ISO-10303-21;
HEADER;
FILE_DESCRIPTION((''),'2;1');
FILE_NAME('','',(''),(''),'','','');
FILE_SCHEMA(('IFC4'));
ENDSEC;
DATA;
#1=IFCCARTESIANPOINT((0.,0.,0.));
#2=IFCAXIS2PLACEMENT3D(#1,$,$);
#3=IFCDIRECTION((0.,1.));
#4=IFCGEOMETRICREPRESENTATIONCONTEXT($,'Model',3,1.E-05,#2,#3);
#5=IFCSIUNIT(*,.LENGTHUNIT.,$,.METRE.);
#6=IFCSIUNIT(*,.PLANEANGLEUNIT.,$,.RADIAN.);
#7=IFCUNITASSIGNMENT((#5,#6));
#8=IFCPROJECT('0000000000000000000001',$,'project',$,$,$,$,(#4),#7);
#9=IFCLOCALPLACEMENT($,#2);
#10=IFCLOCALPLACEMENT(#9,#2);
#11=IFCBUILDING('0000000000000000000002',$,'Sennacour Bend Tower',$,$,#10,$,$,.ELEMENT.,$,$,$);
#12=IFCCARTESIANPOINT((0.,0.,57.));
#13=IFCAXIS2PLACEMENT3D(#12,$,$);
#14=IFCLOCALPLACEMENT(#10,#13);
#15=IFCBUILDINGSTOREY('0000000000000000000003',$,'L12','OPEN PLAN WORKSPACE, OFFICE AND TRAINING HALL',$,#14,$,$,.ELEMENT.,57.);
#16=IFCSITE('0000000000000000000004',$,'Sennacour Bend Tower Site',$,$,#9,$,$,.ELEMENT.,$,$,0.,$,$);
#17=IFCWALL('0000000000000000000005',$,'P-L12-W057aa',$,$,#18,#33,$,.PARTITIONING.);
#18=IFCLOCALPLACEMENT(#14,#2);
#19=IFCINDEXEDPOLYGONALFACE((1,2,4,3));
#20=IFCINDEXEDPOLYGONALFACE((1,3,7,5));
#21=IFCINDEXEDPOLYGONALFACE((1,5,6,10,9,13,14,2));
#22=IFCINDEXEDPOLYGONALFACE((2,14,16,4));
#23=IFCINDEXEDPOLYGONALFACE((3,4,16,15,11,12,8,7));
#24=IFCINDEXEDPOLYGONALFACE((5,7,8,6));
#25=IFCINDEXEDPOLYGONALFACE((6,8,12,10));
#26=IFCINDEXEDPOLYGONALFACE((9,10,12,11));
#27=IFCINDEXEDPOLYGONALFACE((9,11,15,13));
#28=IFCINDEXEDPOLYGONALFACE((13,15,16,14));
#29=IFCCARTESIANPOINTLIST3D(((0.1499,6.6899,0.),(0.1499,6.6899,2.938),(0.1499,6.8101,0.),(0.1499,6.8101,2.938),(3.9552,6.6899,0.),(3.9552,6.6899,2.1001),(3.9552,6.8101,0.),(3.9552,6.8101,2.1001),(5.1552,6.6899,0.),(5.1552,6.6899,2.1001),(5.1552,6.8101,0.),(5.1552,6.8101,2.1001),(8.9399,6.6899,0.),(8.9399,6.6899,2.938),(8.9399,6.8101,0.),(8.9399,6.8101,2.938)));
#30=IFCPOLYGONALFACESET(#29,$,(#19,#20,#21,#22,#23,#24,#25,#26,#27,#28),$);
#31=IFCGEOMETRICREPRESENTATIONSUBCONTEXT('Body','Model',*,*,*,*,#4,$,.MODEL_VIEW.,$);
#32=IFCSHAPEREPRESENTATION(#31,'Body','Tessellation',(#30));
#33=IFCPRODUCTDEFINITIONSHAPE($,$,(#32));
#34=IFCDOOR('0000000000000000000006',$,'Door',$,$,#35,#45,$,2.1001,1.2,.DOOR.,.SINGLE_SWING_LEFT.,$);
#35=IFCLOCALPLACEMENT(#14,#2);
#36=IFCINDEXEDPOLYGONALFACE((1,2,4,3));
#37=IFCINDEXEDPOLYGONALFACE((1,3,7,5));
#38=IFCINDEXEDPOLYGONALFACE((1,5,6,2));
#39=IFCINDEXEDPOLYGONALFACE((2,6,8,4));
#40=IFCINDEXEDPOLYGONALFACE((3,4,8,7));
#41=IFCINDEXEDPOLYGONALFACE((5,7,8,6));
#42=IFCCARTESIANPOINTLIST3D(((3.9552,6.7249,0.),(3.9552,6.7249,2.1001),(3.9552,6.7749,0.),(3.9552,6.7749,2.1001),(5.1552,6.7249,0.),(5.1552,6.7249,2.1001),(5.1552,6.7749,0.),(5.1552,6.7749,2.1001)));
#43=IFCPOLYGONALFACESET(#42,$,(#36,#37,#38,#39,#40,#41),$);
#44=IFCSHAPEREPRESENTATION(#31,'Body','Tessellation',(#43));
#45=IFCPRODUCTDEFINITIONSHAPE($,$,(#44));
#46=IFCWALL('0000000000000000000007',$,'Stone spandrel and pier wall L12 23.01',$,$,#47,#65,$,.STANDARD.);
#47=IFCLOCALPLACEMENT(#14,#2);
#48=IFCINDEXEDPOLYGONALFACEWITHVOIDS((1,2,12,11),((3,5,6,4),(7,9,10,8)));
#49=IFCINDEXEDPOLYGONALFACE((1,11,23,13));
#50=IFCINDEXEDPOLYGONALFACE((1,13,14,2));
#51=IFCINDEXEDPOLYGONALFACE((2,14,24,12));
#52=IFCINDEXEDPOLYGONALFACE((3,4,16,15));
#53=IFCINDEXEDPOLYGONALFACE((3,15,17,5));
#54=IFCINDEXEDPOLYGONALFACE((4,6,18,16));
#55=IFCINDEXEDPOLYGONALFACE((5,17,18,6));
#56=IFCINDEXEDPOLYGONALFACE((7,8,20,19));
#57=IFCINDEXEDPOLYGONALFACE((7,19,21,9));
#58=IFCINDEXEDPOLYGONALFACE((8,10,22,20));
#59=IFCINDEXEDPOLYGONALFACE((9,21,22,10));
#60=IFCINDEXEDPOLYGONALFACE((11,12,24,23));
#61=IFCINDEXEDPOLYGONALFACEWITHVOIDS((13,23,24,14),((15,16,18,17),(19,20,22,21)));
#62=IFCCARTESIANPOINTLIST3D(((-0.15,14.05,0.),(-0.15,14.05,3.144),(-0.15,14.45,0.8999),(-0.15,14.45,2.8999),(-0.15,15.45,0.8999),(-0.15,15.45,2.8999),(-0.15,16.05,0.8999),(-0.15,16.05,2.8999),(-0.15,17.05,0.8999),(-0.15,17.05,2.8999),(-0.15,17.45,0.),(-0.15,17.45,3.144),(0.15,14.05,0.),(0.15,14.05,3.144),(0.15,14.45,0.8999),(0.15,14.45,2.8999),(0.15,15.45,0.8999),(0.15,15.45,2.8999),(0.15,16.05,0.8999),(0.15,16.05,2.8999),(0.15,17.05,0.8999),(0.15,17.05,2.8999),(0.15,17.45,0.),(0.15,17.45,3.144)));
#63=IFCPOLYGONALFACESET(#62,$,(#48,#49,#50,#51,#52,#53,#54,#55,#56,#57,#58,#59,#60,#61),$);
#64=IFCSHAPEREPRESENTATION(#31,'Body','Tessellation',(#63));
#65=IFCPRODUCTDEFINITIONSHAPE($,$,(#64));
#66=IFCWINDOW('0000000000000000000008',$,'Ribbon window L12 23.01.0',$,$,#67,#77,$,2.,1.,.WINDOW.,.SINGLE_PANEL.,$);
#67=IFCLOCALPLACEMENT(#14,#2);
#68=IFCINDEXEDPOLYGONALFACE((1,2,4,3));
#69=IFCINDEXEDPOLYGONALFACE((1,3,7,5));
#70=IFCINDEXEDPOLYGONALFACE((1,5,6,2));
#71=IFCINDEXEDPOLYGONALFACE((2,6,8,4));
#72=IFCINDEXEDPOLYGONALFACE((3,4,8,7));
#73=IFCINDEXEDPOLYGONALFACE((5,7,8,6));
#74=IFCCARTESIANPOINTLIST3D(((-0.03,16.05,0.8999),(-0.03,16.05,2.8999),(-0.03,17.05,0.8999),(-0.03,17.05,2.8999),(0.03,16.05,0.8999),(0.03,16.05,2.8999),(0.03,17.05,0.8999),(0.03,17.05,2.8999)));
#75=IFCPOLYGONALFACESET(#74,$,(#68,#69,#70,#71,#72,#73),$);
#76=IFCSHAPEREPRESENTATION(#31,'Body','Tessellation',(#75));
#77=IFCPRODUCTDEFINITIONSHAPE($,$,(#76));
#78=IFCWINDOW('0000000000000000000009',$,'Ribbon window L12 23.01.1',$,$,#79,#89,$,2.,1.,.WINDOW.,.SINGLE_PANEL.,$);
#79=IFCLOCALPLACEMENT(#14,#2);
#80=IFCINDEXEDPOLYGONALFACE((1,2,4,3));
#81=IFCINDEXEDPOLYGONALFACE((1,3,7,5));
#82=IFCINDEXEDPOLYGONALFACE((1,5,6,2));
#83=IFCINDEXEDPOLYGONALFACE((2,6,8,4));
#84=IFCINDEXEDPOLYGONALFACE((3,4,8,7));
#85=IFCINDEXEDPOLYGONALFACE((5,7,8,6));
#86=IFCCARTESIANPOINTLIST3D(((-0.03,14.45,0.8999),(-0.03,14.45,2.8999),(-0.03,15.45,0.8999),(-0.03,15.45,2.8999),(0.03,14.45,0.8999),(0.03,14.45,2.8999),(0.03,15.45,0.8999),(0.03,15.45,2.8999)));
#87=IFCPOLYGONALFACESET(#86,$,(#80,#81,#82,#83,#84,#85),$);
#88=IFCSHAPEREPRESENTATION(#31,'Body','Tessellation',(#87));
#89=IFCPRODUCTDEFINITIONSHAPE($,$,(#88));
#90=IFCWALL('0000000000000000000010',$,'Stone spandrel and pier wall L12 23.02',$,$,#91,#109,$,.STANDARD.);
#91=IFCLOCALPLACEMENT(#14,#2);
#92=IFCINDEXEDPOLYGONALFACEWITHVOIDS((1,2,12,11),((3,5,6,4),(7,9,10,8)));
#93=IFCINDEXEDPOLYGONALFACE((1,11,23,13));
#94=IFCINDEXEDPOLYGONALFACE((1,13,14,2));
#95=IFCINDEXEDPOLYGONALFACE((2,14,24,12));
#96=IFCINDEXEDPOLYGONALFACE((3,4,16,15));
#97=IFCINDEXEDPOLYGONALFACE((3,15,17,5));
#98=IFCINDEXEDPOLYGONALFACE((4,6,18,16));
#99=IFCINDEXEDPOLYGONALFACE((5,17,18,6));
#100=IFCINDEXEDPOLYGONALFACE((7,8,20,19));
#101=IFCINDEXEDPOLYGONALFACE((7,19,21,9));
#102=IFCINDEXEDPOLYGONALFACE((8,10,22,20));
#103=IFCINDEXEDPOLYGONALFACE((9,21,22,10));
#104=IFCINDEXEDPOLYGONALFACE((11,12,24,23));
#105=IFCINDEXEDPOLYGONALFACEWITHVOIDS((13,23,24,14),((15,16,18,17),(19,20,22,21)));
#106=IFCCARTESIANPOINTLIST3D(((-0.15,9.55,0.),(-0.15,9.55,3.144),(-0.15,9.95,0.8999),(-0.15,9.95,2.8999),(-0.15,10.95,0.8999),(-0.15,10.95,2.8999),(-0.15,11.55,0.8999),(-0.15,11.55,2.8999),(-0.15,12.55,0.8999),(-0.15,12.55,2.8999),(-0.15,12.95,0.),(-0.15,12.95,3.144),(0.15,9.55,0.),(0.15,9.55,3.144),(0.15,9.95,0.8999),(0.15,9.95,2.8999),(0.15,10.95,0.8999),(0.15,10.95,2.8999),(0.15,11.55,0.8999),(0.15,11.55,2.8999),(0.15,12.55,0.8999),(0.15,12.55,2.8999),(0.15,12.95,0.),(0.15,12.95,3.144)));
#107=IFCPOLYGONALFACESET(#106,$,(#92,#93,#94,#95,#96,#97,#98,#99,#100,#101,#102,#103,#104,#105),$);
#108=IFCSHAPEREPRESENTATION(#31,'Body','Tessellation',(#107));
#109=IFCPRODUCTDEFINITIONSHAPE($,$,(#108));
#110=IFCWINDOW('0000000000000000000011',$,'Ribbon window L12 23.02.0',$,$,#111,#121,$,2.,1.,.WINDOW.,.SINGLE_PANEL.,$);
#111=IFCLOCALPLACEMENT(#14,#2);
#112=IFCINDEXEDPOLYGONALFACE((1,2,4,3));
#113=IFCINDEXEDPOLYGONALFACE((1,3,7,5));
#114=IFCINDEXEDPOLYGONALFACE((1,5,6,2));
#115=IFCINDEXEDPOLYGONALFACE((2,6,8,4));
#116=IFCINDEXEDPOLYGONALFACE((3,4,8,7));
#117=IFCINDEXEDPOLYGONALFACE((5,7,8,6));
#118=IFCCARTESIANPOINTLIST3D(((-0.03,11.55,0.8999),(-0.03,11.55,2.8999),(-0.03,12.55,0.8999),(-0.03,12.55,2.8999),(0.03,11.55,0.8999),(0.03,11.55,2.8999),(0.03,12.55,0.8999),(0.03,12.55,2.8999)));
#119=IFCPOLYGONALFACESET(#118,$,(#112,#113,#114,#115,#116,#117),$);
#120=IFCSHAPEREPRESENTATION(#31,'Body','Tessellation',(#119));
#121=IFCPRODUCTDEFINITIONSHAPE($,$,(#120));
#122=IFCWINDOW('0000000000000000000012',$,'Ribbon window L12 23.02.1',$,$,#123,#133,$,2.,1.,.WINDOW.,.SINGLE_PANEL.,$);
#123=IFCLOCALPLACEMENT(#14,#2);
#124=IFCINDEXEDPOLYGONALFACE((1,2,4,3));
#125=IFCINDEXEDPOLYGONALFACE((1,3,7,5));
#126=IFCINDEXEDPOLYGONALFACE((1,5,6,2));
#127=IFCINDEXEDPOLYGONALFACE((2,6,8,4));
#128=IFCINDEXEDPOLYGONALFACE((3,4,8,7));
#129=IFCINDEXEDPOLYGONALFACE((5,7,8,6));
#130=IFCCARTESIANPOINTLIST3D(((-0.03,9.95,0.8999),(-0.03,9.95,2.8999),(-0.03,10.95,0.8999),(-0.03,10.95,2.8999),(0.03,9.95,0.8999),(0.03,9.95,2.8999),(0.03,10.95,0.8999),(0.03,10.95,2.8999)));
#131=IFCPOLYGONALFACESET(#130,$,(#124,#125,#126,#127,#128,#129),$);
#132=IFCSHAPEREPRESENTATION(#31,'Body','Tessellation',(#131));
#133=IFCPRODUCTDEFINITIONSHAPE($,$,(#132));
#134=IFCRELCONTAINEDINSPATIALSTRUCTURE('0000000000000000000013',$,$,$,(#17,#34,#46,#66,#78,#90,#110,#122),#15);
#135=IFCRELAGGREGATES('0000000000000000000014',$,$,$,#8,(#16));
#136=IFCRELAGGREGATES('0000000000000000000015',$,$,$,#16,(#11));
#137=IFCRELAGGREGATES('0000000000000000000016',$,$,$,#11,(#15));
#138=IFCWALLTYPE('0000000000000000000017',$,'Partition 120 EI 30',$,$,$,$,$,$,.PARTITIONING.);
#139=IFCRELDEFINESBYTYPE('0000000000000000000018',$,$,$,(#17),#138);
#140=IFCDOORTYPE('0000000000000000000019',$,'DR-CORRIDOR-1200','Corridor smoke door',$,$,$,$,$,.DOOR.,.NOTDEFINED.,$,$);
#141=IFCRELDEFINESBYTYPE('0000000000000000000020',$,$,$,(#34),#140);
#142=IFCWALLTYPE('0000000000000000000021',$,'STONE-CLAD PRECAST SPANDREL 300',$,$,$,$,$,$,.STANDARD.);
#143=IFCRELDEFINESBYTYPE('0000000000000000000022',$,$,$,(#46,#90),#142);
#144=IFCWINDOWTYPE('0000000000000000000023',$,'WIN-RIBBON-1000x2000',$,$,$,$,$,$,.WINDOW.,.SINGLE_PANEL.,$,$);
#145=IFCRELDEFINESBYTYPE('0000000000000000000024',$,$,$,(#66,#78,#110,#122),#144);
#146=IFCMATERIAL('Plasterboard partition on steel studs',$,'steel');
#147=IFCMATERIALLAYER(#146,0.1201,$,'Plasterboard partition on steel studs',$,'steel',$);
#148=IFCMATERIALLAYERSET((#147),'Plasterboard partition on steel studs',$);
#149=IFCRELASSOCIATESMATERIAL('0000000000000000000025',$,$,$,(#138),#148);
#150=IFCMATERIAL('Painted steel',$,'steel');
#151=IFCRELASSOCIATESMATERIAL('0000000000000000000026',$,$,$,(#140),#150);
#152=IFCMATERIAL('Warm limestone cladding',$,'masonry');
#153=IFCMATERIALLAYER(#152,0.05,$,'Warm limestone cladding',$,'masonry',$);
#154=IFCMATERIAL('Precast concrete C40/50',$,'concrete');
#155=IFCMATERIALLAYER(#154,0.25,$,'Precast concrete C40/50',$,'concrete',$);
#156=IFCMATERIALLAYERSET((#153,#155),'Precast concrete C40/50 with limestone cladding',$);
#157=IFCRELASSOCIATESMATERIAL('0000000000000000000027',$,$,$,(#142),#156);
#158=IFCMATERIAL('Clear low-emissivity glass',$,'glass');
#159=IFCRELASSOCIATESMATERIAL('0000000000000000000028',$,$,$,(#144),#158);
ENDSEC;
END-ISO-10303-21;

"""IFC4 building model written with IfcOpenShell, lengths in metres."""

from ifc_helpers import new_model, si_unit, direction, frame, frame_2d, origin, place, context, subcontext, project, spatial, rectangle, extrude, material, layer, layer_set, type_object, element, fill, save


model = new_model("IFC4")

# Units and contexts
model_context = context("Model", 3, precision=1e-05, world=origin(), true_north=direction((0.0, 1.0)))
body_context = subcontext(model_context, "Body", "Model", "MODEL_VIEW")
ifc_project = project(units=[si_unit("LENGTHUNIT", "METRE"), si_unit("PLANEANGLEUNIT", "RADIAN")], contexts=[model_context])

# Site, building, storey
site_placement = place(None, origin())
site = spatial("IfcSite", under=ifc_project, at=site_placement, Name="Sennacour Bend Tower Site", CompositionType="ELEMENT", RefElevation=0.0)
building_placement = place(site_placement, origin())
building = spatial("IfcBuilding", under=site, at=building_placement, Name="Sennacour Bend Tower", CompositionType="ELEMENT")
storey_placement = place(building_placement, frame((0.0, 0.0, 57.0)))
storey = spatial("IfcBuildingStorey", under=building, at=storey_placement, Name="L12", Description="OPEN PLAN WORKSPACE, OFFICE AND TRAINING HALL", CompositionType="ELEMENT", Elevation=57.0)

# Shared definitions
ifc_material_1 = material(Name="Plasterboard partition on steel studs", Category="steel")

# Wall, opening, door
ifc_layer_1 = layer(ifc_material_1, 0.1201, Name="Plasterboard partition on steel studs", Category="steel")
ifc_layer_set_1 = layer_set([ifc_layer_1], Name="Plasterboard partition on steel studs")
wall_type_1 = type_object("IfcWallType", Name="Partition 120 EI 30", PredefinedType="PARTITIONING", material=ifc_layer_set_1)
wall_1_placement = place(storey_placement, frame((0.1499, 6.75, 0.0), z_axis=(0.0, 0.0, 1.0), x_axis=(1.0, 0.0, 0.0)))
wall_1 = element("IfcWall", 1, at=wall_1_placement, inside=storey, type_object=wall_type_1, Name="P-L12-W057aa", PredefinedType="PARTITIONING", context=body_context, shape_type="SweptSolid", body=[
    extrude(rectangle(XDim=8.79, YDim=0.1201, at=frame_2d((4.395, 0.0))), origin(), (0.0, 0.0, 1.0), 2.938),
])
opening_1_placement = place(wall_1_placement, frame((3.8052, 0.0, 0.0)))
opening_1 = element("IfcOpeningElement", 2, at=opening_1_placement, cuts=wall_1, PredefinedType="OPENING", context=body_context, shape_type="SweptSolid", body=[
    extrude(rectangle(XDim=1.2, YDim=2.1001, at=frame_2d((0.6001, 1.05))), frame((0.0, 0.0701, 0.0), z_axis=(0.0, -1.0, 0.0), x_axis=(1.0, 0.0, 0.0)), (0.0, 0.0, 1.0), 0.1401),
])
ifc_material_2 = material(Name="Painted steel", Category="steel")
door_type_1 = type_object("IfcDoorType", Name="DR-CORRIDOR-1200", Description="Corridor smoke door", OperationType="NOTDEFINED", PredefinedType="DOOR", material=ifc_material_2)
door_1_placement = place(opening_1_placement, origin())
door_1 = element("IfcDoor", 3, at=door_1_placement, inside=storey, type_object=door_type_1, Name="Door", OperationType="SINGLE_SWING_LEFT", OverallHeight=2.1001, OverallWidth=1.2, PredefinedType="DOOR", context=body_context, shape_type="SweptSolid", body=[
    extrude(rectangle(XDim=1.2, YDim=2.1001, at=frame_2d((0.6001, 1.05))), frame((0.0, 0.0249, 0.0), z_axis=(0.0, -1.0, 0.0), x_axis=(1.0, 0.0, 0.0)), (0.0, 0.0, 1.0), 0.05),
])
fill(opening_1, door_1)

# Walls, openings, windows
ifc_material_3 = material(Name="Warm limestone cladding", Category="masonry")
ifc_layer_2 = layer(ifc_material_3, 0.05, Name="Warm limestone cladding", Category="masonry")
ifc_material_4 = material(Name="Precast concrete C40/50", Category="concrete")
ifc_layer_3 = layer(ifc_material_4, 0.25, Name="Precast concrete C40/50", Category="concrete")
ifc_layer_set_2 = layer_set([ifc_layer_2, ifc_layer_3], Name="Precast concrete C40/50 with limestone cladding")
wall_type_2 = type_object("IfcWallType", Name="STONE-CLAD PRECAST SPANDREL 300", PredefinedType="STANDARD", material=ifc_layer_set_2)
wall_2_placement = place(storey_placement, frame((0.0, 17.45, 0.0), z_axis=(0.0, 0.0, 1.0), x_axis=(0.0, -1.0, 0.0)))
wall_2 = element("IfcWall", 4, at=wall_2_placement, inside=storey, type_object=wall_type_2, Name="Stone spandrel and pier wall L12 23.01", PredefinedType="STANDARD", context=body_context, shape_type="SweptSolid", body=[
    extrude(rectangle(XDim=3.3999, YDim=0.3, at=frame_2d((1.7, 0.0))), origin(), (0.0, 0.0, 1.0), 3.144),
])
opening_2_placement = place(wall_2_placement, frame((0.3999, 0.0, 0.8999)))
opening_2 = element("IfcOpeningElement", 5, at=opening_2_placement, cuts=wall_2, PredefinedType="OPENING", context=body_context, shape_type="SweptSolid", body=[
    extrude(rectangle(XDim=1.0, YDim=2.0, at=frame_2d((0.5, 1.0))), frame((0.0, 0.1602, 0.0), z_axis=(0.0, -1.0, 0.0), x_axis=(1.0, 0.0, 0.0)), (0.0, 0.0, 1.0), 0.3201),
])
opening_3_placement = place(wall_2_placement, frame((2.0, 0.0, 0.8999)))
opening_3 = element("IfcOpeningElement", 6, at=opening_3_placement, cuts=wall_2, PredefinedType="OPENING", context=body_context, shape_type="SweptSolid", body=[
    extrude(rectangle(XDim=1.0, YDim=2.0, at=frame_2d((0.5, 1.0))), frame((0.0, 0.1602, 0.0), z_axis=(0.0, -1.0, 0.0), x_axis=(1.0, 0.0, 0.0)), (0.0, 0.0, 1.0), 0.3201),
])
ifc_material_5 = material(Name="Clear low-emissivity glass", Category="glass")
window_type = type_object("IfcWindowType", Name="WIN-RIBBON-1000x2000", PartitioningType="SINGLE_PANEL", PredefinedType="WINDOW", material=ifc_material_5)
window_1_placement = place(opening_2_placement, origin())
window_1 = element("IfcWindow", 7, at=window_1_placement, inside=storey, type_object=window_type, Name="Ribbon window L12 23.01.0", OverallHeight=2.0, OverallWidth=1.0, PartitioningType="SINGLE_PANEL", PredefinedType="WINDOW", context=body_context, shape_type="SweptSolid", body=[
    extrude(rectangle(XDim=1.0, YDim=2.0, at=frame_2d((0.5, 1.0))), frame((0.0, 0.03, 0.0), z_axis=(0.0, -1.0, 0.0), x_axis=(1.0, 0.0, 0.0)), (0.0, 0.0, 1.0), 0.0601),
])
fill(opening_2, window_1)
window_2_placement = place(opening_3_placement, origin())
window_2 = element("IfcWindow", 8, at=window_2_placement, inside=storey, type_object=window_type, Name="Ribbon window L12 23.01.1", OverallHeight=2.0, OverallWidth=1.0, PartitioningType="SINGLE_PANEL", PredefinedType="WINDOW", context=body_context, shape_type="SweptSolid", body=[
    extrude(rectangle(XDim=1.0, YDim=2.0, at=frame_2d((0.5, 1.0))), frame((0.0, 0.03, 0.0), z_axis=(0.0, -1.0, 0.0), x_axis=(1.0, 0.0, 0.0)), (0.0, 0.0, 1.0), 0.0601),
])
fill(opening_3, window_2)
wall_3_placement = place(storey_placement, frame((0.0, 12.95, 0.0), z_axis=(0.0, 0.0, 1.0), x_axis=(0.0, -1.0, 0.0)))
wall_3 = element("IfcWall", 9, at=wall_3_placement, inside=storey, type_object=wall_type_2, Name="Stone spandrel and pier wall L12 23.02", PredefinedType="STANDARD", context=body_context, shape_type="SweptSolid", body=[
    extrude(rectangle(XDim=3.3999, YDim=0.3, at=frame_2d((1.7, 0.0))), origin(), (0.0, 0.0, 1.0), 3.144),
])
opening_4_placement = place(wall_3_placement, frame((0.3999, 0.0, 0.8999)))
opening_4 = element("IfcOpeningElement", 10, at=opening_4_placement, cuts=wall_3, PredefinedType="OPENING", context=body_context, shape_type="SweptSolid", body=[
    extrude(rectangle(XDim=1.0, YDim=2.0, at=frame_2d((0.5, 1.0))), frame((0.0, 0.1602, 0.0), z_axis=(0.0, -1.0, 0.0), x_axis=(1.0, 0.0, 0.0)), (0.0, 0.0, 1.0), 0.3201),
])
opening_5_placement = place(wall_3_placement, frame((2.0, 0.0, 0.8999)))
opening_5 = element("IfcOpeningElement", 11, at=opening_5_placement, cuts=wall_3, PredefinedType="OPENING", context=body_context, shape_type="SweptSolid", body=[
    extrude(rectangle(XDim=1.0, YDim=2.0, at=frame_2d((0.5, 1.0))), frame((0.0, 0.1602, 0.0), z_axis=(0.0, -1.0, 0.0), x_axis=(1.0, 0.0, 0.0)), (0.0, 0.0, 1.0), 0.3201),
])
window_3_placement = place(opening_4_placement, origin())
window_3 = element("IfcWindow", 12, at=window_3_placement, inside=storey, type_object=window_type, Name="Ribbon window L12 23.02.0", OverallHeight=2.0, OverallWidth=1.0, PartitioningType="SINGLE_PANEL", PredefinedType="WINDOW", context=body_context, shape_type="SweptSolid", body=[
    extrude(rectangle(XDim=1.0, YDim=2.0, at=frame_2d((0.5, 1.0))), frame((0.0, 0.03, 0.0), z_axis=(0.0, -1.0, 0.0), x_axis=(1.0, 0.0, 0.0)), (0.0, 0.0, 1.0), 0.0601),
])
fill(opening_4, window_3)
window_4_placement = place(opening_5_placement, origin())
window_4 = element("IfcWindow", 13, at=window_4_placement, inside=storey, type_object=window_type, Name="Ribbon window L12 23.02.1", OverallHeight=2.0, OverallWidth=1.0, PartitioningType="SINGLE_PANEL", PredefinedType="WINDOW", context=body_context, shape_type="SweptSolid", body=[
    extrude(rectangle(XDim=1.0, YDim=2.0, at=frame_2d((0.5, 1.0))), frame((0.0, 0.03, 0.0), z_axis=(0.0, -1.0, 0.0), x_axis=(1.0, 0.0, 0.0)), (0.0, 0.0, 1.0), 0.0601),
])
fill(opening_5, window_4)

save(model, "model.ifc")
